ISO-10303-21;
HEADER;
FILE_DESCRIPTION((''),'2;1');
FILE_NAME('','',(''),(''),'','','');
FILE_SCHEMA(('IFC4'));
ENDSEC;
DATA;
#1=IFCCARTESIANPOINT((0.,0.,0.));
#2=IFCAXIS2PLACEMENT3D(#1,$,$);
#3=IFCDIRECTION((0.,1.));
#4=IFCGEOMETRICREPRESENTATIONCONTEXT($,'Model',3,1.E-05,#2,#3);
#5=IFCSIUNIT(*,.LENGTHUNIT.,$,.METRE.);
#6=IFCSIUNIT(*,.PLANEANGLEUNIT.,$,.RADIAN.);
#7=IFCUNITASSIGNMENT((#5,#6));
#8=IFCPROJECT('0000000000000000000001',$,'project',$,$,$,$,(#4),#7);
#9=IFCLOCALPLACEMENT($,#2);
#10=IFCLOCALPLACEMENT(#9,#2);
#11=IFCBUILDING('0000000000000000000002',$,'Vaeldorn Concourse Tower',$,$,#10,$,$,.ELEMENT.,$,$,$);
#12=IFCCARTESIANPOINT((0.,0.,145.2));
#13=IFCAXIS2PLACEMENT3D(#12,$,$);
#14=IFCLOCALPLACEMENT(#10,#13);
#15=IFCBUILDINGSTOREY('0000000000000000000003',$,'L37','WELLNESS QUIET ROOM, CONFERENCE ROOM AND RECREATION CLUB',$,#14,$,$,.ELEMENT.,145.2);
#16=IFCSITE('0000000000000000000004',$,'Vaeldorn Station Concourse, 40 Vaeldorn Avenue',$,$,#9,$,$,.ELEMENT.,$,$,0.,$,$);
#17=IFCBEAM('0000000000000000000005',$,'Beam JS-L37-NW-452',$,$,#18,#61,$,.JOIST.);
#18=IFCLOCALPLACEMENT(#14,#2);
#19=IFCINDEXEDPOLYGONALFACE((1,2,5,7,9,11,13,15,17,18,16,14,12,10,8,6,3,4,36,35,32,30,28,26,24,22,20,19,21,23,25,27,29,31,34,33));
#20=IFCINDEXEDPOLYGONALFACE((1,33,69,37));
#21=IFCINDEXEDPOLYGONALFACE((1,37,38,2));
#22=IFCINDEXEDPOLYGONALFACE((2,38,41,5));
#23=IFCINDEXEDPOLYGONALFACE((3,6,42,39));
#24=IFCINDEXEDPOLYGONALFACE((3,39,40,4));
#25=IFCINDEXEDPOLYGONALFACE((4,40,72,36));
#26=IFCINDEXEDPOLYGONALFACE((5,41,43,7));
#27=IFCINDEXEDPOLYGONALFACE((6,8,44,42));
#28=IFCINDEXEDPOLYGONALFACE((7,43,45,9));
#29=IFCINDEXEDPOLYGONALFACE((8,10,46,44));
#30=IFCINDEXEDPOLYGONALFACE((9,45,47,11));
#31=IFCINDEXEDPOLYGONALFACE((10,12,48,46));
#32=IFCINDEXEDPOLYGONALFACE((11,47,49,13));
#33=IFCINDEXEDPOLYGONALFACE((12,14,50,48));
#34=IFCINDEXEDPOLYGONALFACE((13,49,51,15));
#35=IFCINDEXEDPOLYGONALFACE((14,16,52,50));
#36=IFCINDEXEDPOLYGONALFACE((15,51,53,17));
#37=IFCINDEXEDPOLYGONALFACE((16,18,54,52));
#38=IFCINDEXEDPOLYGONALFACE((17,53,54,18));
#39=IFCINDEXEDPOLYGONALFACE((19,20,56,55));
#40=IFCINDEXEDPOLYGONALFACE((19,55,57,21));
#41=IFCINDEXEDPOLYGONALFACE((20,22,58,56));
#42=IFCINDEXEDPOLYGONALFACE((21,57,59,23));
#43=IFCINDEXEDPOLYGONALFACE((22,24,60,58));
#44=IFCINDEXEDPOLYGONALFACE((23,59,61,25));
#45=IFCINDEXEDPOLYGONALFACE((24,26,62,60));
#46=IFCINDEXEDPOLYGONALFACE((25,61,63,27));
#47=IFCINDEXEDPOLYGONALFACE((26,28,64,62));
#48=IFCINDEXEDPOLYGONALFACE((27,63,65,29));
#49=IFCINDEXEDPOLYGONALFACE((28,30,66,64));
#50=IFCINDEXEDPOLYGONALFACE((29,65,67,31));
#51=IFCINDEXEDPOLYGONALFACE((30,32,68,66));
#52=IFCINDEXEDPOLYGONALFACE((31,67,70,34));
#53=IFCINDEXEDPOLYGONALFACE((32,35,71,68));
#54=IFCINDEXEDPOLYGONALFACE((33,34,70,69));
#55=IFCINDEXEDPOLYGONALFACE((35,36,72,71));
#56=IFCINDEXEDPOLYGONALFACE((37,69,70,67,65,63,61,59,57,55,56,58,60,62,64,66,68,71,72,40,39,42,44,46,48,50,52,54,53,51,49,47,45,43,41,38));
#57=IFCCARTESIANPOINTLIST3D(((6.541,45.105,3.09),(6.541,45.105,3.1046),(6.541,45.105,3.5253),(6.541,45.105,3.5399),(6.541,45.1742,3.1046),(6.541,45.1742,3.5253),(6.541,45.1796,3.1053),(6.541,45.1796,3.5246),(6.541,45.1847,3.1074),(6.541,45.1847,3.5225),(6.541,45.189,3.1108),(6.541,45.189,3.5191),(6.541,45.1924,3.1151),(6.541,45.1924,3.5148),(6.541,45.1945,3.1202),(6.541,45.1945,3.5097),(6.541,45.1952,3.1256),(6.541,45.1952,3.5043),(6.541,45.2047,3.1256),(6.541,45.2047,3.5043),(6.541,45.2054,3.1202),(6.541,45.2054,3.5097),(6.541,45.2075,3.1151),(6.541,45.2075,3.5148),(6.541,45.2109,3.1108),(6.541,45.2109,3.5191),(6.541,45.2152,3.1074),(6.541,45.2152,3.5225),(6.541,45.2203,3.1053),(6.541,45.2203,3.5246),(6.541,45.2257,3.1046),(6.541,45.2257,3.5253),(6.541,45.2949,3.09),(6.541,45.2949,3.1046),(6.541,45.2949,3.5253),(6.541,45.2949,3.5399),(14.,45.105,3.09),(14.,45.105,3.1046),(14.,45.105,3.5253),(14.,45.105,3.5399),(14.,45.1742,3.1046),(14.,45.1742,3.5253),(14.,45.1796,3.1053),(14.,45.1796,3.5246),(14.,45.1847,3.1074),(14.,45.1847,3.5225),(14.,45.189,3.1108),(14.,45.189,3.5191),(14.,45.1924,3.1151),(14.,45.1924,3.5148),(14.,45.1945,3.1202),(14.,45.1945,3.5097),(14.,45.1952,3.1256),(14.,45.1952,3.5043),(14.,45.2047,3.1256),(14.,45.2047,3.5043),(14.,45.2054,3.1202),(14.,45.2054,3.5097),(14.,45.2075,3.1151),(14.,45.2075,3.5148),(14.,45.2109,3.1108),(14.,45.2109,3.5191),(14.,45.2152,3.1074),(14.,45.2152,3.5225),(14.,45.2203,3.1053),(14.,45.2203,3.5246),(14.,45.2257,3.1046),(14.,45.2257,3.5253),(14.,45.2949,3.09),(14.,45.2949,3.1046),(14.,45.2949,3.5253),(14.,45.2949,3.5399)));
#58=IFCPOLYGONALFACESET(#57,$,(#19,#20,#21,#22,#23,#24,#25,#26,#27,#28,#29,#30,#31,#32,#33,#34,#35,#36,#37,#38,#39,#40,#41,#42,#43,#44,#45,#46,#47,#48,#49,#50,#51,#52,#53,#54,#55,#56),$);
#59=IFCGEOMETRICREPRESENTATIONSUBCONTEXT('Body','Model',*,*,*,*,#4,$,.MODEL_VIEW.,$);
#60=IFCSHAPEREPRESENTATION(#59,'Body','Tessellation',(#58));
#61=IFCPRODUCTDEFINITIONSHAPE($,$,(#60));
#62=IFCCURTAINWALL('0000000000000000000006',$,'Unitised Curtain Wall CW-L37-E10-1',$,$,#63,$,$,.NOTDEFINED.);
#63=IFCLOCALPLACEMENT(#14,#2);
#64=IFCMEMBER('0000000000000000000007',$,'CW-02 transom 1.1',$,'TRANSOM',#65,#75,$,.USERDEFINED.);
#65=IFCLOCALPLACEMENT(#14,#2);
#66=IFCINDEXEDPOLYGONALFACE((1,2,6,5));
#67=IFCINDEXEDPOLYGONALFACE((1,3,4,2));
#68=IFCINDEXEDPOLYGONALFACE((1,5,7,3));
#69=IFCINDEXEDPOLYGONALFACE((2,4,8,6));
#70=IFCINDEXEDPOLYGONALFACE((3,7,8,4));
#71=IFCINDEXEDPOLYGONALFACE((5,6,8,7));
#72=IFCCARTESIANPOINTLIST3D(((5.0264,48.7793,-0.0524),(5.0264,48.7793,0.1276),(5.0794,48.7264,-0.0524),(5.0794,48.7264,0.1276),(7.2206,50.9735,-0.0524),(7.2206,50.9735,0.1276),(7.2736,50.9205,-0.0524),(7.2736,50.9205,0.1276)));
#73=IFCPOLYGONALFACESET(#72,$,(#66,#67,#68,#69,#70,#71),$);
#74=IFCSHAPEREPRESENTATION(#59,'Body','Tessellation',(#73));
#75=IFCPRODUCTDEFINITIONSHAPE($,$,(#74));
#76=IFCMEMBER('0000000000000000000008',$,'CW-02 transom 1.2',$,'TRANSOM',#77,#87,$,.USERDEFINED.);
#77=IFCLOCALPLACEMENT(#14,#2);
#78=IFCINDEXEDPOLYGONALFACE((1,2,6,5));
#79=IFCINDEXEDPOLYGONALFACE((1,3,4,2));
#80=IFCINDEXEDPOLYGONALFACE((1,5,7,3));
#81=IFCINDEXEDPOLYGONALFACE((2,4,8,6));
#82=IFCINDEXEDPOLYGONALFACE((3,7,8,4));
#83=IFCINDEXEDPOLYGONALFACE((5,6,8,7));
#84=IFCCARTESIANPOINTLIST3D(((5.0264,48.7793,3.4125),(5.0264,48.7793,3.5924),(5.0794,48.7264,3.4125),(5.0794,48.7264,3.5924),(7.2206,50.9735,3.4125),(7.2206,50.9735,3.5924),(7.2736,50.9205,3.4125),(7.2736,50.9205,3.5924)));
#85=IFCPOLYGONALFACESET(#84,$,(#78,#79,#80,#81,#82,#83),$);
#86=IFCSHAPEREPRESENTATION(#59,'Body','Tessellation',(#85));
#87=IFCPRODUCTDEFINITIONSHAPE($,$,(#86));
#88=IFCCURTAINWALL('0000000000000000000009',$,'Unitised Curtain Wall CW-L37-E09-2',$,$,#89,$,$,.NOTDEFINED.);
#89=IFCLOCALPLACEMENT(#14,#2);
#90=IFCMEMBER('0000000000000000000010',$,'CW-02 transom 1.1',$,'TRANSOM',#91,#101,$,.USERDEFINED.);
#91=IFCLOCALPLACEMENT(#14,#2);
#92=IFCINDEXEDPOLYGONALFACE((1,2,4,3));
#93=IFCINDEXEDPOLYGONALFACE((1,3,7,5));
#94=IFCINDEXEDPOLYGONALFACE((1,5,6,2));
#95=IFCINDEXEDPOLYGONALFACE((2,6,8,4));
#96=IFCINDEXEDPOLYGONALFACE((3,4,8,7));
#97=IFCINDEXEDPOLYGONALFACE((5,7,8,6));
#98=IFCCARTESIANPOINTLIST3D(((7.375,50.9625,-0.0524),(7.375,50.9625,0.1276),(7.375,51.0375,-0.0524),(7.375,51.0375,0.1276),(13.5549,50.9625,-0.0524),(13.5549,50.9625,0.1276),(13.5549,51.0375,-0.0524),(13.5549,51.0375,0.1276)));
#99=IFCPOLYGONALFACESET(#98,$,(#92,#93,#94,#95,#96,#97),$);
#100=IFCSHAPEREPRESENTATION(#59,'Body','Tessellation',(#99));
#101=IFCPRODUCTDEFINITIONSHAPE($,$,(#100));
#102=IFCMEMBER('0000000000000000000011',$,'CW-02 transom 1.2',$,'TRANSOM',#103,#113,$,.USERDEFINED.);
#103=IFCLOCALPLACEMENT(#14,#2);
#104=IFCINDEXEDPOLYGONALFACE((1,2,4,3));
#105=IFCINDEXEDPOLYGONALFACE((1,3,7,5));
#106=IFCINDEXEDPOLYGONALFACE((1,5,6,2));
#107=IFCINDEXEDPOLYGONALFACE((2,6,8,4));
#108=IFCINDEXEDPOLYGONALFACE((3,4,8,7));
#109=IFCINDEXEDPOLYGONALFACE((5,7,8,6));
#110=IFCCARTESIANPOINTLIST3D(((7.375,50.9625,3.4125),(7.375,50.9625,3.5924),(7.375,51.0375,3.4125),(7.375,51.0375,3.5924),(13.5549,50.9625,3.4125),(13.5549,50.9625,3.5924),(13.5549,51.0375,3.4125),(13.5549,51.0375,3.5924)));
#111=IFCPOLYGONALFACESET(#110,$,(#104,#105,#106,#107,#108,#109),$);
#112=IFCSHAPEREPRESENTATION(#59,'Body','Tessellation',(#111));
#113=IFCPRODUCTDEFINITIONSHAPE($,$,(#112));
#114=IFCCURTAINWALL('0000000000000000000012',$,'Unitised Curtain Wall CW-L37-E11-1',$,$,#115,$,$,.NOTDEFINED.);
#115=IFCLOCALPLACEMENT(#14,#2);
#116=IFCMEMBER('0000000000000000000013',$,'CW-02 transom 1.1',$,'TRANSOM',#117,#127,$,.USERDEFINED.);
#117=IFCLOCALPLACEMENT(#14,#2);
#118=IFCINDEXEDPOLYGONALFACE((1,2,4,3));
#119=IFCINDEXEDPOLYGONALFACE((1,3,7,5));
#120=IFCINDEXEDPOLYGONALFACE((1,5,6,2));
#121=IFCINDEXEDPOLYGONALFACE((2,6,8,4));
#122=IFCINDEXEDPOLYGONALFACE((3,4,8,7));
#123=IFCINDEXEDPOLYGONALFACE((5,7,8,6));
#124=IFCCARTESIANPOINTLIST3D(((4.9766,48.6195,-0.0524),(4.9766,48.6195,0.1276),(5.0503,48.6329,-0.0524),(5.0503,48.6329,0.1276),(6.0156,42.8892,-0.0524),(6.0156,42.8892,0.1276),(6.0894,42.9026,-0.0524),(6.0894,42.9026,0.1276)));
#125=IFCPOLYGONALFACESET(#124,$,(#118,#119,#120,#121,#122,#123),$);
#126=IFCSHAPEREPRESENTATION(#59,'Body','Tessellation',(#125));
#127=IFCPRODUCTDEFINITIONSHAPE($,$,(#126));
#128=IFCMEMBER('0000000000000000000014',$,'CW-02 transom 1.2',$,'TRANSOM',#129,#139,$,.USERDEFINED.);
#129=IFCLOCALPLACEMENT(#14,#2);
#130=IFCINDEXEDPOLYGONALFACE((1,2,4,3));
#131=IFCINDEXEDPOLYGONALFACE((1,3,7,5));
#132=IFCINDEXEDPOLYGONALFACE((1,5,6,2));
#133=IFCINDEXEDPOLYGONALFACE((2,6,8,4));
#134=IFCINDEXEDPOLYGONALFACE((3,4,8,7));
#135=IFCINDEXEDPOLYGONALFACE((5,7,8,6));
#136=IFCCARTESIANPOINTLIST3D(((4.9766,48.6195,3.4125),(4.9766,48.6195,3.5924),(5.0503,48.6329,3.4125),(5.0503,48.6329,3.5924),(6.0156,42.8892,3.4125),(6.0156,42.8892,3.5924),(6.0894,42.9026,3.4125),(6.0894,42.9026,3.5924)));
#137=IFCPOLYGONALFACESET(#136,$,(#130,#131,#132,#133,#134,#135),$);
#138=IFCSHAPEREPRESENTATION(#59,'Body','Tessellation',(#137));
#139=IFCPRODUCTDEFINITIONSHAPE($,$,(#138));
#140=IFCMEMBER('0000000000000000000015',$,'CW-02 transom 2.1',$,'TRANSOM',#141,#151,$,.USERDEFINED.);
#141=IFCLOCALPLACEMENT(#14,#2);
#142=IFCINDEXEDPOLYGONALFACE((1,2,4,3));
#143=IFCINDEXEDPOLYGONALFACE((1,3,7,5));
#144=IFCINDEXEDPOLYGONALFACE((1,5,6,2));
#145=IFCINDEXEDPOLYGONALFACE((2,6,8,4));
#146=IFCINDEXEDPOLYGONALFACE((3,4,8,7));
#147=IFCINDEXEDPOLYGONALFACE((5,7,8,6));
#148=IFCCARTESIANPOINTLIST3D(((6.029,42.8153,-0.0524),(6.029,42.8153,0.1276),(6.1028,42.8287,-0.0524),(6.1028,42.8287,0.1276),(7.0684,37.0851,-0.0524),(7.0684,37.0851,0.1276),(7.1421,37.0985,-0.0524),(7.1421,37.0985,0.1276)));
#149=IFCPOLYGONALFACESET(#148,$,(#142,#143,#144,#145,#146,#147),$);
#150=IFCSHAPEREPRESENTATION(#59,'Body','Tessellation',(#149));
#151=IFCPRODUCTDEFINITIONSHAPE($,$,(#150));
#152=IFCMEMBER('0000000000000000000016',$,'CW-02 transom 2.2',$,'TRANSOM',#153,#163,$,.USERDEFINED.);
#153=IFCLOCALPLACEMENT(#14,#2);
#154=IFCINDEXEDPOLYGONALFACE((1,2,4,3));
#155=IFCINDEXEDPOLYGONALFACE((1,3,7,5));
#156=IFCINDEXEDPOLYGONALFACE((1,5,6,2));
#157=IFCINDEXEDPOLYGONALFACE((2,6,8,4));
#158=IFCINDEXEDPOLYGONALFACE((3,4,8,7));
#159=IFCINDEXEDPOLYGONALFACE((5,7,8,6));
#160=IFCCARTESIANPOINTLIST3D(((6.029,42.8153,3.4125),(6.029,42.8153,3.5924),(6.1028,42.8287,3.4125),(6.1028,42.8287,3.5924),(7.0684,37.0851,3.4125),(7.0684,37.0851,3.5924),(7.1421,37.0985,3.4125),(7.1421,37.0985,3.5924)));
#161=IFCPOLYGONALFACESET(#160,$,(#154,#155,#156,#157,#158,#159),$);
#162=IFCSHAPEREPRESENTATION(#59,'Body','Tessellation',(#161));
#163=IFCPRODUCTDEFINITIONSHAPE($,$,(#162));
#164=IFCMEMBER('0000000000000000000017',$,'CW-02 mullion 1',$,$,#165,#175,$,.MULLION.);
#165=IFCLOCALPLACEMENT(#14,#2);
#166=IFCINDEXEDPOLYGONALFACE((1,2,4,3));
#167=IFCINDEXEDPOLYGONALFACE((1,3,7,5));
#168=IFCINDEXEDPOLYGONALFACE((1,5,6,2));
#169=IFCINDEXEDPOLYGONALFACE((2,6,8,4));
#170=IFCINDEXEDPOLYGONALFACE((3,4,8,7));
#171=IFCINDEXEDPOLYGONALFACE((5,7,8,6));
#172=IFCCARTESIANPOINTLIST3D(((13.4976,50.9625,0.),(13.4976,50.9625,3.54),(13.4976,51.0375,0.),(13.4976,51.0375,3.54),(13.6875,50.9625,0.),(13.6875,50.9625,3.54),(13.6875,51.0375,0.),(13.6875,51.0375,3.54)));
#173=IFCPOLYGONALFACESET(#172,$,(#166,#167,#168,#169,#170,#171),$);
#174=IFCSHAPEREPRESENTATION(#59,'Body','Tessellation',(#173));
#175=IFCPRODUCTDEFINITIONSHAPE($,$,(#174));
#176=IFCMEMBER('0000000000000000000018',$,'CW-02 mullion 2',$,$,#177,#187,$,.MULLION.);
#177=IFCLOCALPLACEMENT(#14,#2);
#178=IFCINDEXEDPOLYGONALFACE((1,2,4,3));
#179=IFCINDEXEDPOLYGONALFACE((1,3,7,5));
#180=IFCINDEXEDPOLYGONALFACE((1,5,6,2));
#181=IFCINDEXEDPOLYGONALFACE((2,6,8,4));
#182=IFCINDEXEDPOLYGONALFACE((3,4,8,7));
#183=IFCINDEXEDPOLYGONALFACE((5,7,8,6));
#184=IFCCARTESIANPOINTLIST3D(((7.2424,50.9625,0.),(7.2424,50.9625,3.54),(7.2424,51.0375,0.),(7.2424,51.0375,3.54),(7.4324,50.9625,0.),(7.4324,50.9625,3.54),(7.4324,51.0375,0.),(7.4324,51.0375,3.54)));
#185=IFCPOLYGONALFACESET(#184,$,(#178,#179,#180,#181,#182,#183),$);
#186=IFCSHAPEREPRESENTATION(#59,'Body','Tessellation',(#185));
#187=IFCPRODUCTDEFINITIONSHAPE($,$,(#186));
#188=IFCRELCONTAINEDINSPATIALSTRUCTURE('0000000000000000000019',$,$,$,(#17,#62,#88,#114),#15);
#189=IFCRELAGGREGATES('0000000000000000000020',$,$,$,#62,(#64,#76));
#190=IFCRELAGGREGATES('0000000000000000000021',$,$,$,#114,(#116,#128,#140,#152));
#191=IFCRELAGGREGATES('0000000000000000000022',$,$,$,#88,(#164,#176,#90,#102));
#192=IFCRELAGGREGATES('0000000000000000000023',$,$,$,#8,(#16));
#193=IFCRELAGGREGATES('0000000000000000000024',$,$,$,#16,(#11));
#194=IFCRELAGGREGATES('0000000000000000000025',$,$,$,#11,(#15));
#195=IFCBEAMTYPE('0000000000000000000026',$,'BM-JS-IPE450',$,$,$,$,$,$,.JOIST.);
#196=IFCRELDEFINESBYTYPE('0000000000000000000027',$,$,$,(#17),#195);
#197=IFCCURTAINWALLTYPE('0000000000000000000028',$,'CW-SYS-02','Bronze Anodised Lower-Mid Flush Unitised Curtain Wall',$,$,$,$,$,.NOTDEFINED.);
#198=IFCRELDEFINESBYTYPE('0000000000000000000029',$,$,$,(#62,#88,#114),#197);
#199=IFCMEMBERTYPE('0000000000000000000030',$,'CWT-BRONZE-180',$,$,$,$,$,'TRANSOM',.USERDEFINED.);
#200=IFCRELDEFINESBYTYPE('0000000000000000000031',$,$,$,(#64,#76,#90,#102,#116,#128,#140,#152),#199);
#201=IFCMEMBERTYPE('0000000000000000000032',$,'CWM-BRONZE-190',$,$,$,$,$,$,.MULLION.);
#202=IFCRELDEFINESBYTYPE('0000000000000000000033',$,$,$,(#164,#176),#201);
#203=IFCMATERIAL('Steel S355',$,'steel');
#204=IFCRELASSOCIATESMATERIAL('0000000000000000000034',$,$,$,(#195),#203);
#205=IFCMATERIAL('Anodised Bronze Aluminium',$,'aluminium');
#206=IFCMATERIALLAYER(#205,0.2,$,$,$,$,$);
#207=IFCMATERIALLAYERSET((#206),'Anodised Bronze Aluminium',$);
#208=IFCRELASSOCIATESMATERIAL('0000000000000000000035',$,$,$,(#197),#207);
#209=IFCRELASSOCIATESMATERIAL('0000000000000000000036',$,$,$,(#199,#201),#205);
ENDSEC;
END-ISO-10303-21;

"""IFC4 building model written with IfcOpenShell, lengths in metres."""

from ifc_helpers import new_model, si_unit, direction, frame, origin, origin_2d, place, context, subcontext, project, spatial, rectangle, i_section, extrude, source, transform, mapped, material, layer, layer_set, material_profile, profile_set, type_object, element, aggregate, save


model = new_model("IFC4")

# Units and contexts
model_context = context("Model", 3, precision=1e-05, world=origin(), true_north=direction((0.0, 1.0)))
body_context = subcontext(model_context, "Body", "Model", "MODEL_VIEW")
ifc_project = project(units=[si_unit("LENGTHUNIT", "METRE"), si_unit("PLANEANGLEUNIT", "RADIAN")], contexts=[model_context])

# Site, building, storey
site_placement = place(None, origin())
site = spatial("IfcSite", under=ifc_project, at=site_placement, Name="Vaeldorn Station Concourse, 40 Vaeldorn Avenue", CompositionType="ELEMENT", RefElevation=0.0)
building_placement = place(site_placement, origin())
building = spatial("IfcBuilding", under=site, at=building_placement, Name="Vaeldorn Concourse Tower", CompositionType="ELEMENT")
storey_placement = place(building_placement, frame((0.0, 0.0, 145.2)))
storey = spatial("IfcBuildingStorey", under=building, at=storey_placement, Name="L37", Description="WELLNESS QUIET ROOM, CONFERENCE ROOM AND RECREATION CLUB", CompositionType="ELEMENT", Elevation=145.2)

# Beam
ifc_material_1 = material(Name="Steel S355", Category="steel")
ifc_material_profile_1 = material_profile(ifc_material_1, i_section(OverallWidth=0.1899, OverallDepth=0.45, WebThickness=0.0095, FlangeThickness=0.0146, FilletRadius=0.021, at=origin_2d()), Name="IPE 450")
ifc_profile_set_1 = profile_set([ifc_material_profile_1], Name="Steel S355")
beam_type_1 = type_object("IfcBeamType", Name="BM-JS-IPE450", PredefinedType="JOIST", material=ifc_profile_set_1)
shared_shape_1 = source(origin(), body_context, "Body", "SweptSolid", [
    extrude(i_section(OverallWidth=0.1899, OverallDepth=0.45, WebThickness=0.0095, FlangeThickness=0.0146, FilletRadius=0.021, at=origin_2d()), origin(), (0.0, 0.0, 1.0), 7.459),
])
beam_1_placement = place(storey_placement, frame((6.541, 45.2, 3.3149), z_axis=(1.0, 0.0, 0.0), x_axis=(0.0, 1.0, 0.0)))
element("IfcBeam", 1, at=beam_1_placement, inside=storey, type_object=beam_type_1, Name="Beam JS-L37-NW-452", PredefinedType="JOIST", context=body_context, shape_type="MappedRepresentation", body=[
    mapped(shared_shape_1, transform((0.0, 0.0, 0.0), scale=1.0)),
])

# Curtain walls, members
ifc_material_2 = material(Name="Anodised Bronze Aluminium", Category="aluminium")
ifc_layer_1 = layer(ifc_material_2, 0.2)
ifc_layer_set_1 = layer_set([ifc_layer_1], Name="Anodised Bronze Aluminium")
curtain_wall_type = type_object("IfcCurtainWallType", Name="CW-SYS-02", Description="Bronze Anodised Lower-Mid Flush Unitised Curtain Wall", PredefinedType="NOTDEFINED", material=ifc_layer_set_1)
curtain_wall_1_placement = place(storey_placement, origin())
curtain_wall_1 = element("IfcCurtainWall", 2, at=curtain_wall_1_placement, inside=storey, type_object=curtain_wall_type, Name="Unitised Curtain Wall CW-L37-E10-1", PredefinedType="NOTDEFINED")
ifc_material_profile_2 = material_profile(ifc_material_2, rectangle(XDim=0.075, YDim=0.1799, at=origin_2d()), Name="CWT 75x180")
ifc_profile_set_2 = profile_set([ifc_material_profile_2], Name="Anodised Bronze Aluminium")
member_type_1 = type_object("IfcMemberType", Name="CWT-BRONZE-180", ElementType="TRANSOM", PredefinedType="USERDEFINED", material=ifc_profile_set_2)
shared_shape_2 = source(origin(), body_context, "Body", "SweptSolid", [
    extrude(rectangle(XDim=0.075, YDim=0.1799, at=origin_2d()), origin(), (0.0, 0.0, 1.0), 3.103),
])
member_1_placement = place(storey_placement, frame((7.2471, 50.947, 0.0376), z_axis=(-0.707107, -0.707107, 0.0), x_axis=(0.707107, -0.707107, 0.0)))
member_1 = element("IfcMember", 3, at=member_1_placement, type_object=member_type_1, Name="CW-02 transom 1.1", ObjectType="TRANSOM", PredefinedType="USERDEFINED", context=body_context, shape_type="MappedRepresentation", body=[
    mapped(shared_shape_2, transform((0.0, 0.0, 0.0), scale=1.0)),
])
member_2_placement = place(storey_placement, frame((7.2471, 50.947, 3.5024), z_axis=(-0.707107, -0.707107, 0.0), x_axis=(0.707107, -0.707107, 0.0)))
member_2 = element("IfcMember", 4, at=member_2_placement, type_object=member_type_1, Name="CW-02 transom 1.2", ObjectType="TRANSOM", PredefinedType="USERDEFINED", context=body_context, shape_type="MappedRepresentation", body=[
    mapped(shared_shape_2, transform((0.0, 0.0, 0.0), scale=1.0)),
])
curtain_wall_2_placement = place(storey_placement, origin())
curtain_wall_2 = element("IfcCurtainWall", 5, at=curtain_wall_2_placement, inside=storey, type_object=curtain_wall_type, Name="Unitised Curtain Wall CW-L37-E09-2", PredefinedType="NOTDEFINED")
shared_shape_3 = source(origin(), body_context, "Body", "SweptSolid", [
    extrude(rectangle(XDim=0.075, YDim=0.1799, at=origin_2d()), origin(), (0.0, 0.0, 1.0), 6.1799),
])
member_3_placement = place(storey_placement, frame((13.5549, 51.0, 0.0376), z_axis=(-1.0, 0.0, 0.0), x_axis=(0.0, -1.0, 0.0)))
member_3 = element("IfcMember", 6, at=member_3_placement, type_object=member_type_1, Name="CW-02 transom 1.1", ObjectType="TRANSOM", PredefinedType="USERDEFINED", context=body_context, shape_type="MappedRepresentation", body=[
    mapped(shared_shape_3, transform((0.0, 0.0, 0.0), scale=1.0)),
])
member_4_placement = place(storey_placement, frame((13.5549, 51.0, 3.5024), z_axis=(-1.0, 0.0, 0.0), x_axis=(0.0, -1.0, 0.0)))
member_4 = element("IfcMember", 7, at=member_4_placement, type_object=member_type_1, Name="CW-02 transom 1.2", ObjectType="TRANSOM", PredefinedType="USERDEFINED", context=body_context, shape_type="MappedRepresentation", body=[
    mapped(shared_shape_3, transform((0.0, 0.0, 0.0), scale=1.0)),
])
curtain_wall_3_placement = place(storey_placement, origin())
curtain_wall_3 = element("IfcCurtainWall", 8, at=curtain_wall_3_placement, inside=storey, type_object=curtain_wall_type, Name="Unitised Curtain Wall CW-L37-E11-1", PredefinedType="NOTDEFINED")
shared_shape_4 = source(origin(), body_context, "Body", "SweptSolid", [
    extrude(rectangle(XDim=0.075, YDim=0.1799, at=origin_2d()), origin(), (0.0, 0.0, 1.0), 5.8237),
])
member_5_placement = place(storey_placement, frame((5.0134, 48.6262, 0.0376), z_axis=(0.178421, -0.983954, 0.0), x_axis=(0.983954, 0.178421, 0.0)))
member_5 = element("IfcMember", 9, at=member_5_placement, type_object=member_type_1, Name="CW-02 transom 1.1", ObjectType="TRANSOM", PredefinedType="USERDEFINED", context=body_context, shape_type="MappedRepresentation", body=[
    mapped(shared_shape_4, transform((0.0, 0.0, 0.0), scale=1.0)),
])
member_6_placement = place(storey_placement, frame((5.0134, 48.6262, 3.5024), z_axis=(0.178421, -0.983954, 0.0), x_axis=(0.983954, 0.178421, 0.0)))
member_6 = element("IfcMember", 10, at=member_6_placement, type_object=member_type_1, Name="CW-02 transom 1.2", ObjectType="TRANSOM", PredefinedType="USERDEFINED", context=body_context, shape_type="MappedRepresentation", body=[
    mapped(shared_shape_4, transform((0.0, 0.0, 0.0), scale=1.0)),
])
member_7_placement = place(storey_placement, frame((6.0659, 42.822, 0.0376), z_axis=(0.178461, -0.983947, 0.0), x_axis=(0.983947, 0.178461, 0.0)))
member_7 = element("IfcMember", 11, at=member_7_placement, type_object=member_type_1, Name="CW-02 transom 2.1", ObjectType="TRANSOM", PredefinedType="USERDEFINED", context=body_context, shape_type="MappedRepresentation", body=[
    mapped(shared_shape_4, transform((0.0, 0.0, 0.0), scale=1.0)),
])
member_8_placement = place(storey_placement, frame((6.0659, 42.822, 3.5024), z_axis=(0.178461, -0.983947, 0.0), x_axis=(0.983947, 0.178461, 0.0)))
member_8 = element("IfcMember", 12, at=member_8_placement, type_object=member_type_1, Name="CW-02 transom 2.2", ObjectType="TRANSOM", PredefinedType="USERDEFINED", context=body_context, shape_type="MappedRepresentation", body=[
    mapped(shared_shape_4, transform((0.0, 0.0, 0.0), scale=1.0)),
])

# Members
ifc_material_profile_3 = material_profile(ifc_material_2, rectangle(XDim=0.075, YDim=0.1899, at=origin_2d()), Name="CWM 75x190")
ifc_profile_set_3 = profile_set([ifc_material_profile_3], Name="Anodised Bronze Aluminium")
member_type_2 = type_object("IfcMemberType", Name="CWM-BRONZE-190", PredefinedType="MULLION", material=ifc_profile_set_3)
shared_shape_5 = source(origin(), body_context, "Body", "SweptSolid", [
    extrude(rectangle(XDim=0.075, YDim=0.1899, at=origin_2d()), origin(), (0.0, 0.0, 1.0), 3.54),
])
member_9_placement = place(storey_placement, frame((13.5925, 51.0, 0.0), z_axis=(0.0, 0.0, 1.0), x_axis=(0.0, -1.0, 0.0)))
member_9 = element("IfcMember", 13, at=member_9_placement, type_object=member_type_2, Name="CW-02 mullion 1", PredefinedType="MULLION", context=body_context, shape_type="MappedRepresentation", body=[
    mapped(shared_shape_5, transform((0.0, 0.0, 0.0), scale=1.0)),
])
member_10_placement = place(storey_placement, frame((7.3374, 51.0, 0.0), z_axis=(0.0, 0.0, 1.0), x_axis=(0.0, -1.0, 0.0)))
member_10 = element("IfcMember", 14, at=member_10_placement, type_object=member_type_2, Name="CW-02 mullion 2", PredefinedType="MULLION", context=body_context, shape_type="MappedRepresentation", body=[
    mapped(shared_shape_5, transform((0.0, 0.0, 0.0), scale=1.0)),
])

aggregate(curtain_wall_1, [member_1, member_2])
aggregate(curtain_wall_3, [member_5, member_6, member_7, member_8])
aggregate(curtain_wall_2, [member_9, member_10, member_3, member_4])

save(model, "model.ifc")
